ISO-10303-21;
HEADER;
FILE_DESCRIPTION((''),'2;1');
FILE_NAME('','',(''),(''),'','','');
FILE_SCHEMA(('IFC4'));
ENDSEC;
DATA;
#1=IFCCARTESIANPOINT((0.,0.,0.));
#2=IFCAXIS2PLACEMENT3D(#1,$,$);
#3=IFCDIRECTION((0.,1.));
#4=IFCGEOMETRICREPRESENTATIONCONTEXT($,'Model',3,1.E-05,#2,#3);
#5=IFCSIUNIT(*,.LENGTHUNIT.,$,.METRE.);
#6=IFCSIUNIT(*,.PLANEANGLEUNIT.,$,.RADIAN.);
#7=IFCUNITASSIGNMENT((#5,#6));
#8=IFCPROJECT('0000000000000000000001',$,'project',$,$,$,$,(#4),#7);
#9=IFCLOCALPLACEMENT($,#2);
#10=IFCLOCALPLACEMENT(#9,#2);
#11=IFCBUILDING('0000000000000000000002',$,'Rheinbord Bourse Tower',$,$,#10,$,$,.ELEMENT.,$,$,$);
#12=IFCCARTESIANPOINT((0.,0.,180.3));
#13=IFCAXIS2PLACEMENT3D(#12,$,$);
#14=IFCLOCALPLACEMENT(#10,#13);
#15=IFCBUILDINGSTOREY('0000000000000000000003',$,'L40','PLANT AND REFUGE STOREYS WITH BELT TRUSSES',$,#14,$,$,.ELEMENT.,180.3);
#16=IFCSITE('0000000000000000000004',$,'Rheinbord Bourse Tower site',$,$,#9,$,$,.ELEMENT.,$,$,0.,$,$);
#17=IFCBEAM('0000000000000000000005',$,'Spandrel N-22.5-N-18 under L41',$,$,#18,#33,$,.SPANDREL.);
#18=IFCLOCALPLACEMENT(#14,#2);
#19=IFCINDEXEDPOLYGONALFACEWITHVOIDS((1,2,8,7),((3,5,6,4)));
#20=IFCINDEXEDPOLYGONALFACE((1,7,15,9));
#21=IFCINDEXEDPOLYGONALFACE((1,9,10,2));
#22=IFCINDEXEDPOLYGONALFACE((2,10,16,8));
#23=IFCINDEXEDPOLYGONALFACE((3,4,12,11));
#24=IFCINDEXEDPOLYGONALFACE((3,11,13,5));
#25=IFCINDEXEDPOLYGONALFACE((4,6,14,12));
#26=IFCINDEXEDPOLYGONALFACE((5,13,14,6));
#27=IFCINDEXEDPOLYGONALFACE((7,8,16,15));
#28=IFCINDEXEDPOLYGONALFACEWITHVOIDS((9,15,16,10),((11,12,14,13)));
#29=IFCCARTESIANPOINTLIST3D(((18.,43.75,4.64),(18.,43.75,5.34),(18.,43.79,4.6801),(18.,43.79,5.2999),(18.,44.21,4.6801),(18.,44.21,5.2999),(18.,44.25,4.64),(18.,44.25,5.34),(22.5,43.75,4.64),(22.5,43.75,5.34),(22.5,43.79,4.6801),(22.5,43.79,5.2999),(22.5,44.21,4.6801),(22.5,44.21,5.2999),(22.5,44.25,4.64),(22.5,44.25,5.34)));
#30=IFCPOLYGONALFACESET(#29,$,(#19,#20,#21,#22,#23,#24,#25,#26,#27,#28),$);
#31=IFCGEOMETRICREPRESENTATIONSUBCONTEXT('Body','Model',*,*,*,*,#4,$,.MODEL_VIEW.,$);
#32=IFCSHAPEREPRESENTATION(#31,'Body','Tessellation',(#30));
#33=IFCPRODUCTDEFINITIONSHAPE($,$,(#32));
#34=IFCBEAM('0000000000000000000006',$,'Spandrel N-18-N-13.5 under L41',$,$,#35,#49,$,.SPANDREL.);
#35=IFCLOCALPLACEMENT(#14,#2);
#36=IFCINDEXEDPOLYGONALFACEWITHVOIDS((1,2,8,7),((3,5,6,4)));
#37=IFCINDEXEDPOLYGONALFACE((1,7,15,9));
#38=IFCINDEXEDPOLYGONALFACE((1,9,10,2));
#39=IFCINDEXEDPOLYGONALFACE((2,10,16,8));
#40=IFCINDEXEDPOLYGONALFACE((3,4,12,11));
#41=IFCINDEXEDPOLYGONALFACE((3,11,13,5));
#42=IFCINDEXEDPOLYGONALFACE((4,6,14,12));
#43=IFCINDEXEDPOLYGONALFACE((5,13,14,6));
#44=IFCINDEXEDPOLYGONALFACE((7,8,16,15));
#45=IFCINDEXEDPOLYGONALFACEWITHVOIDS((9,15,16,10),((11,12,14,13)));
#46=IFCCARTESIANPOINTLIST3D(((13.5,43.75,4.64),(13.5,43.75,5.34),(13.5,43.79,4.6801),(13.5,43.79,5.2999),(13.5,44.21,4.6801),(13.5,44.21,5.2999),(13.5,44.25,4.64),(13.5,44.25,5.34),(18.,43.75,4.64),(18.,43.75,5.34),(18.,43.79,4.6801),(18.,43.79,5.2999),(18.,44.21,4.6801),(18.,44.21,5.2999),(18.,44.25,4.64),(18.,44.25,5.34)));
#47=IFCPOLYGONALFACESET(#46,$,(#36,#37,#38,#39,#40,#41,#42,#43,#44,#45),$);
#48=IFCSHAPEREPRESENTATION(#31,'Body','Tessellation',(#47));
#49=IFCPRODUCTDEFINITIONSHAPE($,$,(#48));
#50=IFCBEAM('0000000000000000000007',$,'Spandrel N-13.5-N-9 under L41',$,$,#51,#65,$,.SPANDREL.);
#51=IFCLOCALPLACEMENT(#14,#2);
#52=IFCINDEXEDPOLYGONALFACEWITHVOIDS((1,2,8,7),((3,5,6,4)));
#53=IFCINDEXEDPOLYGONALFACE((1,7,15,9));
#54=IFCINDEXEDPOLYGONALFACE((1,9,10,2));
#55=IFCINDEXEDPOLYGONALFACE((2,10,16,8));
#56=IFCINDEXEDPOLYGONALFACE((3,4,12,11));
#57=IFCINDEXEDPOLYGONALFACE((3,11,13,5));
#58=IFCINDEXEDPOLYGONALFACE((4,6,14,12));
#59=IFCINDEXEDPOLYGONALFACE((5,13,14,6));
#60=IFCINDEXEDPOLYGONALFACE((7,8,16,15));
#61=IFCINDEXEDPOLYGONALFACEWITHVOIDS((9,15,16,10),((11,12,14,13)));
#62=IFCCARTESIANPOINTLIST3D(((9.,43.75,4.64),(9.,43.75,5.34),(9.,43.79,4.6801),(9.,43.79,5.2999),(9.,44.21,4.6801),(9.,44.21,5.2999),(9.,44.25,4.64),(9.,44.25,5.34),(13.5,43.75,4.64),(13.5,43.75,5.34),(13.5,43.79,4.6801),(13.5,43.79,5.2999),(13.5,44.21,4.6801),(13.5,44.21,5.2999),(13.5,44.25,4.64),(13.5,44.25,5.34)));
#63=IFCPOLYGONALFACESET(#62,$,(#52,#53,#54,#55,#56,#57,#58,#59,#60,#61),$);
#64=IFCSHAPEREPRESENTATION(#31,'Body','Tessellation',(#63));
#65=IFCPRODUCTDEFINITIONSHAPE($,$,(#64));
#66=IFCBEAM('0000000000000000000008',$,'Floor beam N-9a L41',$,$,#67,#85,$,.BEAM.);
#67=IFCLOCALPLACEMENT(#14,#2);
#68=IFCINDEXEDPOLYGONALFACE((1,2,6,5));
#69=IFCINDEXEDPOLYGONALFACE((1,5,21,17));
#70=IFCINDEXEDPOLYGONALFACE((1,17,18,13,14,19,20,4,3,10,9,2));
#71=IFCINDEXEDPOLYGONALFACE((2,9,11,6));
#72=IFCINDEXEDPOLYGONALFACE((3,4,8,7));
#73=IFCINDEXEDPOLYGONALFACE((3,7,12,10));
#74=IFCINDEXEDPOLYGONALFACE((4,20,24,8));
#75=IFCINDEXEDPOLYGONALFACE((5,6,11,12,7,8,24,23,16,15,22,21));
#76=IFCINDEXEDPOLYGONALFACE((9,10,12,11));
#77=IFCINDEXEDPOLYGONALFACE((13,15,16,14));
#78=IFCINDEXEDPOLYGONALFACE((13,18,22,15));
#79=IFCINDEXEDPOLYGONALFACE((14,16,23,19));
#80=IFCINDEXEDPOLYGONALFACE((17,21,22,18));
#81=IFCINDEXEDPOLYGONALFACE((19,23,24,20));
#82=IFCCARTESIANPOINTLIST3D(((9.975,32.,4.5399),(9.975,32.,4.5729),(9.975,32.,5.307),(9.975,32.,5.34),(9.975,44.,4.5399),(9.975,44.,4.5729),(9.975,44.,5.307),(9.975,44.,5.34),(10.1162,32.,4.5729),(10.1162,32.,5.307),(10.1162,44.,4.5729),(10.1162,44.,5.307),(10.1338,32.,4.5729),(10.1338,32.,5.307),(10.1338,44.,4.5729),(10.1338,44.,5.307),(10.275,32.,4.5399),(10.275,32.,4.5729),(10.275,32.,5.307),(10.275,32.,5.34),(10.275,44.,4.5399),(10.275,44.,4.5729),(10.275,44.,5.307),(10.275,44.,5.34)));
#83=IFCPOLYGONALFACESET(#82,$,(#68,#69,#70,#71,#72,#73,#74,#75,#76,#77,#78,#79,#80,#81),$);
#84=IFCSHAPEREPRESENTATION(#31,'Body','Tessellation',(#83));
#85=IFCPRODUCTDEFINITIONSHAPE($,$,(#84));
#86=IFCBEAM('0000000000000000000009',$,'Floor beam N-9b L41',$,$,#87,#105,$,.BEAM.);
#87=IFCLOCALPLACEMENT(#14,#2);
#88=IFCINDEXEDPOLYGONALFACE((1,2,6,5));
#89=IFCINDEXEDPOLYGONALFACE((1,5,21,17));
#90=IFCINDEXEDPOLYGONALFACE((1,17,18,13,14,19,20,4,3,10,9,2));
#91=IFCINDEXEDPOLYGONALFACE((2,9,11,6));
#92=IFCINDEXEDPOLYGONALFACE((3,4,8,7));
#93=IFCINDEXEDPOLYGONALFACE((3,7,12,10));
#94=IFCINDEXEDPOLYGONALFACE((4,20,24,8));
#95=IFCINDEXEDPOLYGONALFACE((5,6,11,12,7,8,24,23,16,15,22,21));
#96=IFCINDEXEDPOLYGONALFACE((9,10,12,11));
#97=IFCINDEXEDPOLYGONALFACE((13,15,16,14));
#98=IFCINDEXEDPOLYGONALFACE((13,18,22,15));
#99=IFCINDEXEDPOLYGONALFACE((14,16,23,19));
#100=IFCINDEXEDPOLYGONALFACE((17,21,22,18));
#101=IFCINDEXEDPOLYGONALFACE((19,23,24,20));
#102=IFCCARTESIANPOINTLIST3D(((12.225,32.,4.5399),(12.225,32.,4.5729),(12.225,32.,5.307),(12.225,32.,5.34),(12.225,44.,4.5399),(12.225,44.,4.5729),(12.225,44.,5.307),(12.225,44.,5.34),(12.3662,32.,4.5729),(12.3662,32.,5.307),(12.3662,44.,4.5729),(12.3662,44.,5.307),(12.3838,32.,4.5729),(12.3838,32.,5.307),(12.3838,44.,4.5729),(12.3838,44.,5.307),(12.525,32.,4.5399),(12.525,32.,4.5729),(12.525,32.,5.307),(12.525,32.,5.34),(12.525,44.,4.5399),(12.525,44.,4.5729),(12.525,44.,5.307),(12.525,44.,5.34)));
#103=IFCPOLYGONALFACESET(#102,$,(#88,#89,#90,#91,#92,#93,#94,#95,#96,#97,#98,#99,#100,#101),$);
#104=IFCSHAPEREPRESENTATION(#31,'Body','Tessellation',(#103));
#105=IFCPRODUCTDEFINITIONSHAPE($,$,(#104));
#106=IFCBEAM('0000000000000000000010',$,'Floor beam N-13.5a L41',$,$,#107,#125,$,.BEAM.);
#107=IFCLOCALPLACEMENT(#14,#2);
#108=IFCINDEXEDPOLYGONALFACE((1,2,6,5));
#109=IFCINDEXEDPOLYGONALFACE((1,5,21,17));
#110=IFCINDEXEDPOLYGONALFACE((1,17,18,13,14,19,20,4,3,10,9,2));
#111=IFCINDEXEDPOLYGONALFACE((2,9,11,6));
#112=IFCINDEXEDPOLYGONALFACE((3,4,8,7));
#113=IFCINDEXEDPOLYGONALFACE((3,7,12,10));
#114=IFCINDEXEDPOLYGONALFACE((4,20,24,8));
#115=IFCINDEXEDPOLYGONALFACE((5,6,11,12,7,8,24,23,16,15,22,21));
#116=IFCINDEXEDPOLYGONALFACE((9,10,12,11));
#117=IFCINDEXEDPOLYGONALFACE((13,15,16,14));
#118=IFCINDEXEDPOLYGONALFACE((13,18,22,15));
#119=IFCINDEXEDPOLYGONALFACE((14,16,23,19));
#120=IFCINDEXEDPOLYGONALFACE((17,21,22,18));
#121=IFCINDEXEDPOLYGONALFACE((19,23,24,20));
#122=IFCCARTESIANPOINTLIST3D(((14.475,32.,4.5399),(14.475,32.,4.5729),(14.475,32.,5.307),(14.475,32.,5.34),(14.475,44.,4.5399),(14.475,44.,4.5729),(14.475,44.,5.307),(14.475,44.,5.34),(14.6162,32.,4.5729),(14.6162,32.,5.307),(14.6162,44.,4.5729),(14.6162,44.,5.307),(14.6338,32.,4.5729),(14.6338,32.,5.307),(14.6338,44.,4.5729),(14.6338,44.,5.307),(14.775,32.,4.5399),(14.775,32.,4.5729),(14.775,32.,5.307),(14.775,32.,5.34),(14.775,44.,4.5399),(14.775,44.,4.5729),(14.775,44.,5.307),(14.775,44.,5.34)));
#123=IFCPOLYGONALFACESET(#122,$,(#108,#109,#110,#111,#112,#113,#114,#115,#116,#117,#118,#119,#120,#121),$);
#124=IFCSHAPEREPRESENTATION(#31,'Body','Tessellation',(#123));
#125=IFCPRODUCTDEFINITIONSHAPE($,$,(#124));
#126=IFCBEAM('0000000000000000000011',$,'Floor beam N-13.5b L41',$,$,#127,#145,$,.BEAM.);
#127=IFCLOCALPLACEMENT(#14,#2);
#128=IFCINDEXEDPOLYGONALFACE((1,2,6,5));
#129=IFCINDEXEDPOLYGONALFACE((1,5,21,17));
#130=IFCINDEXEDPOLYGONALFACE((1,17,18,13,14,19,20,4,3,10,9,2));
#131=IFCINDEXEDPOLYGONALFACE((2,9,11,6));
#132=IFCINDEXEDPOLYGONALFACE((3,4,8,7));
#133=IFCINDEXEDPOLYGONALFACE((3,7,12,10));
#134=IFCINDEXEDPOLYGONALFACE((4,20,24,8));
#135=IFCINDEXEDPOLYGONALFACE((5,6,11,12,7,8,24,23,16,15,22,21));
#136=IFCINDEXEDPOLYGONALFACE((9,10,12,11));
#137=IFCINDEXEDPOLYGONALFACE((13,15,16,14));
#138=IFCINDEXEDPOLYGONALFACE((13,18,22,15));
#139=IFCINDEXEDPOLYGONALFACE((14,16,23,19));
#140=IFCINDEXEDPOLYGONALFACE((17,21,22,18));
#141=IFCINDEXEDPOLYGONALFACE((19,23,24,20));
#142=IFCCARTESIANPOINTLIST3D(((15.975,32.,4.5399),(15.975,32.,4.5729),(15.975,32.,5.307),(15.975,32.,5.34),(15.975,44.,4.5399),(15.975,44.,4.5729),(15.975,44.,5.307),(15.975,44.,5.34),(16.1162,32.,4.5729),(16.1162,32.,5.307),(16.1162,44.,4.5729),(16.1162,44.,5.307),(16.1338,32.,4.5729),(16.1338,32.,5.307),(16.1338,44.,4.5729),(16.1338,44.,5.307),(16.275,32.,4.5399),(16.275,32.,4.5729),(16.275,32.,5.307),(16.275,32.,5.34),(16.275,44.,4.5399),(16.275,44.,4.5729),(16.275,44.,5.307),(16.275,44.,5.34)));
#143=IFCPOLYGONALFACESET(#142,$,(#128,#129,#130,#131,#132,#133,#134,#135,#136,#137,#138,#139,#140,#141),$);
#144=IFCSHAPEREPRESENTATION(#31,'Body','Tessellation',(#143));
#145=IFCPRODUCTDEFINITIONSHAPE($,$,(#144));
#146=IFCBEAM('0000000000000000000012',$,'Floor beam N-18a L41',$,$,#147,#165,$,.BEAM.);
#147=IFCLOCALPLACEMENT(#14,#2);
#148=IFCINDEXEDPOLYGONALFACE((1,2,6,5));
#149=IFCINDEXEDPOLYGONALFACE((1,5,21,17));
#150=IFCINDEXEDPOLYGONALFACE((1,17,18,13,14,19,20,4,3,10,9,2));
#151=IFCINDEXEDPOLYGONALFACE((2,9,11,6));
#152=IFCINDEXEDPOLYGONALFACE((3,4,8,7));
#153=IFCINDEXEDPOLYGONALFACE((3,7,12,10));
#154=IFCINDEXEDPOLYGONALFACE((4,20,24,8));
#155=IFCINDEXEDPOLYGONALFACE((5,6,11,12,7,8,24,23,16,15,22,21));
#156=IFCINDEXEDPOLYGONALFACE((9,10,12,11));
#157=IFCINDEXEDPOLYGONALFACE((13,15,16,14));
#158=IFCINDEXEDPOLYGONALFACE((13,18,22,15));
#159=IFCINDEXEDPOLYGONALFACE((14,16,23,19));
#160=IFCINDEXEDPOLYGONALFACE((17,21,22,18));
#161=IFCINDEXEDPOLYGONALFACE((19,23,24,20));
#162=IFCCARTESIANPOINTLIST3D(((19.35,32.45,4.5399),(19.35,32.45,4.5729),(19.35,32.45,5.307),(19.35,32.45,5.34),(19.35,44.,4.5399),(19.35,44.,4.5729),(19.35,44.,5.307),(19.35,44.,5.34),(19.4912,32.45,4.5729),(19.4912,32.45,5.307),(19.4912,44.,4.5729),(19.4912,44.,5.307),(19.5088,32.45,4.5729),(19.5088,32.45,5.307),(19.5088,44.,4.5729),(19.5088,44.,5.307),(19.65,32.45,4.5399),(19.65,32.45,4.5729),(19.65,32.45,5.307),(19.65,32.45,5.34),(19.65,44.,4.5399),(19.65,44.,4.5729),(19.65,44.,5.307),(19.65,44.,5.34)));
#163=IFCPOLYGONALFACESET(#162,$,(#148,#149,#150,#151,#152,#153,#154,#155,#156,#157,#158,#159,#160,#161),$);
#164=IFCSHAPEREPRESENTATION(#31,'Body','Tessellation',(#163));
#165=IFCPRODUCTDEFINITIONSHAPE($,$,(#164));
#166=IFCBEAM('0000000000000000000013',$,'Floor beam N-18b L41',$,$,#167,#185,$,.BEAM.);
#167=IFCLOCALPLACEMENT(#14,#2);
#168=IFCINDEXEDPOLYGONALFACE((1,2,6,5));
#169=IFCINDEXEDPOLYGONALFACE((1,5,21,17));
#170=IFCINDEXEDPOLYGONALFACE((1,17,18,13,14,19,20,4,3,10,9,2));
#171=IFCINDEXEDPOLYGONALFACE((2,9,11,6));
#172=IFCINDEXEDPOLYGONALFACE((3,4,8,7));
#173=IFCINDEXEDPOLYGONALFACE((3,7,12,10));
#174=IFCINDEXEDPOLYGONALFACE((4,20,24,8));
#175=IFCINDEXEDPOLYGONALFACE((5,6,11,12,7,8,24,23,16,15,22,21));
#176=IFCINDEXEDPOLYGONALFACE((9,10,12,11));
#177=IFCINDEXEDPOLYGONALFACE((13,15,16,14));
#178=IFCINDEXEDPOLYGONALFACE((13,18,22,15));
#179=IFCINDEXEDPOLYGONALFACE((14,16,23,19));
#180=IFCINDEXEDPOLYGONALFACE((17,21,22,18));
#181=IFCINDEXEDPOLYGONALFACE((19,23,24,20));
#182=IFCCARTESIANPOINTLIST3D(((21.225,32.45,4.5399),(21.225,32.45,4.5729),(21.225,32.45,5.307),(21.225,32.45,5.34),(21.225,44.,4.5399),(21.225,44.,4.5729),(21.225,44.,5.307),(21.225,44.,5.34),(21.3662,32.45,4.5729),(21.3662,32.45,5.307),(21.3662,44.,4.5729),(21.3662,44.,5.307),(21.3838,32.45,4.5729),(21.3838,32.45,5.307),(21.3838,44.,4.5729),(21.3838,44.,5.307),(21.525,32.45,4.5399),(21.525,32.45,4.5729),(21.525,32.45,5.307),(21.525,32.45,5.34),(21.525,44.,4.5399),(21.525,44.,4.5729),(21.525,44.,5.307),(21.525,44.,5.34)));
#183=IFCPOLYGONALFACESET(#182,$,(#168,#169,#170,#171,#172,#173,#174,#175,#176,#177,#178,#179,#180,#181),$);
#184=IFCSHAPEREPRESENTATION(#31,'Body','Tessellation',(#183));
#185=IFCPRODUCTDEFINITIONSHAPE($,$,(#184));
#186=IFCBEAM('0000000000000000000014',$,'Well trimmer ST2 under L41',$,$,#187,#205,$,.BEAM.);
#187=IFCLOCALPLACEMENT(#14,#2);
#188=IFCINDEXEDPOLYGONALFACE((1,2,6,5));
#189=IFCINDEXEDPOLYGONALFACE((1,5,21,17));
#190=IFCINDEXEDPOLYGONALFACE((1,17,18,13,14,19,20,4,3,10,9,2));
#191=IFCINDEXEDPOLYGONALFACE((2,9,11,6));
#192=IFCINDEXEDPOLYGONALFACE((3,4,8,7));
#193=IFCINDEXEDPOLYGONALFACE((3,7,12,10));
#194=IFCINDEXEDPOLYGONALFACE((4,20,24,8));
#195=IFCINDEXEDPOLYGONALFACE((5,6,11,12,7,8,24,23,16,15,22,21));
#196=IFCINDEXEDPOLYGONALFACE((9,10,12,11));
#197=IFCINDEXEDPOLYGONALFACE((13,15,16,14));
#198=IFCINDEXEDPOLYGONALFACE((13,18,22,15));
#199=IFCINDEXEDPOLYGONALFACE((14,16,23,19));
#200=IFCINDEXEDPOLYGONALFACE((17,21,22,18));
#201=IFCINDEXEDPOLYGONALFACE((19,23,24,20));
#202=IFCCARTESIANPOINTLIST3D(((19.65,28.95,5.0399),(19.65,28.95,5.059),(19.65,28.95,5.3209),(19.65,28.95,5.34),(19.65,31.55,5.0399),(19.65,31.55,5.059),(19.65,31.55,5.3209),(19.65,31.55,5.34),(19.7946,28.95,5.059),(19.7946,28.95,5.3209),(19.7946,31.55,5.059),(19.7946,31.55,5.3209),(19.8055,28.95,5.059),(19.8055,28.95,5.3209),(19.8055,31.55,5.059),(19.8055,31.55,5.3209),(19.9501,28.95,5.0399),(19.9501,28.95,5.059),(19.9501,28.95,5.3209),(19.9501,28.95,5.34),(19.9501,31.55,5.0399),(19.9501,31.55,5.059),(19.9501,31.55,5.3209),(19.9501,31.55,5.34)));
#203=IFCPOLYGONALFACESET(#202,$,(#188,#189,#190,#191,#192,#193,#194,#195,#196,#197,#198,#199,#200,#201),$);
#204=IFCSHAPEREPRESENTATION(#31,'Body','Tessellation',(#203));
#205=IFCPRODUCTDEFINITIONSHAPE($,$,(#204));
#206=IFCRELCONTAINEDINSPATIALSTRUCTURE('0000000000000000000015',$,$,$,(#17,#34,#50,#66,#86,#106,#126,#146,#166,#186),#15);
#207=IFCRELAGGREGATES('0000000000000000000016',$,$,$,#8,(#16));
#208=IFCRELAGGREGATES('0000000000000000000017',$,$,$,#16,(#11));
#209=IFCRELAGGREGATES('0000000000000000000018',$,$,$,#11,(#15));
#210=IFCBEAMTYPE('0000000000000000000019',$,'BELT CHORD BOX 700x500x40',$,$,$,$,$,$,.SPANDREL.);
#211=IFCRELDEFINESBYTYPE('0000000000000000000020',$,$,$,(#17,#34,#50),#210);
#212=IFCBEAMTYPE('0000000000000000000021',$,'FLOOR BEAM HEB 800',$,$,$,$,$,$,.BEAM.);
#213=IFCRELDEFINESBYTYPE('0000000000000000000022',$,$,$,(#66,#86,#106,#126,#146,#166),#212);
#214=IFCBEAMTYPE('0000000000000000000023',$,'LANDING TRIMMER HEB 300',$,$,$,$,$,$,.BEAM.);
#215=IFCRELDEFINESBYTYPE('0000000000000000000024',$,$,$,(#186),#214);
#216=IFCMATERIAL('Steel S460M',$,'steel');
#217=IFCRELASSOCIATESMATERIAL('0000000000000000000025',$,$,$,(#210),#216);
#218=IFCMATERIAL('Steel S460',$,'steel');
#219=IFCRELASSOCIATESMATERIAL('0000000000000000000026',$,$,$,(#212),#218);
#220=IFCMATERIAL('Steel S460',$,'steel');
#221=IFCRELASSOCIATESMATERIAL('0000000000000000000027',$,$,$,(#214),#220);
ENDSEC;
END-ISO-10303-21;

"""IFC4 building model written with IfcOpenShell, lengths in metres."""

from ifc_helpers import new_model, si_unit, direction, frame, origin, origin_2d, place, context, subcontext, project, spatial, hollow_rectangle, i_section, extrude, material, material_profile, profile_set, type_object, element, save


model = new_model("IFC4")

# Units and contexts
model_context = context("Model", 3, precision=1e-05, world=origin(), true_north=direction((0.0, 1.0)))
body_context = subcontext(model_context, "Body", "Model", "MODEL_VIEW")
ifc_project = project(units=[si_unit("LENGTHUNIT", "METRE"), si_unit("PLANEANGLEUNIT", "RADIAN")], contexts=[model_context])

# Site, building, storey
site_placement = place(None, origin())
site = spatial("IfcSite", under=ifc_project, at=site_placement, Name="Rheinbord Bourse Tower site", CompositionType="ELEMENT", RefElevation=0.0)
building_placement = place(site_placement, origin())
building = spatial("IfcBuilding", under=site, at=building_placement, Name="Rheinbord Bourse Tower", CompositionType="ELEMENT")
storey_placement = place(building_placement, frame((0.0, 0.0, 180.3)))
storey = spatial("IfcBuildingStorey", under=building, at=storey_placement, Name="L40", Description="PLANT AND REFUGE STOREYS WITH BELT TRUSSES", CompositionType="ELEMENT", Elevation=180.3)

# Beams
ifc_material_1 = material(Name="Steel S460M", Category="steel")
ifc_material_profile_1 = material_profile(ifc_material_1, hollow_rectangle(XDim=0.5, YDim=0.7, WallThickness=0.04, at=origin_2d()), Name="BOX 700x500x40")
ifc_profile_set_1 = profile_set([ifc_material_profile_1], Name="Steel S460M")
beam_type_1 = type_object("IfcBeamType", Name="BELT CHORD BOX 700x500x40", PredefinedType="SPANDREL", material=ifc_profile_set_1)
for number, where, z_axis, x_axis, name in (
    (1, (22.5, 44.0, 4.99), (-1.0, 0.0, 0.0), (0.0, -1.0, 0.0), "Spandrel N-22.5-N-18 under L41"),
    (2, (18.0, 44.0, 4.99), (-1.0, 0.0, 0.0), (0.0, -1.0, 0.0), "Spandrel N-18-N-13.5 under L41"),
    (3, (13.5, 44.0, 4.99), (-1.0, 0.0, 0.0), (0.0, -1.0, 0.0), "Spandrel N-13.5-N-9 under L41"),
):
    element("IfcBeam", number, at=place(storey_placement, frame(where, z_axis=z_axis, x_axis=x_axis)), inside=storey, type_object=beam_type_1, Name=name, PredefinedType="SPANDREL", context=body_context, shape_type="SweptSolid", body=[
        extrude(hollow_rectangle(XDim=0.5, YDim=0.7, WallThickness=0.04, at=origin_2d()), origin(), (0.0, 0.0, 1.0), 4.5),
    ])
ifc_material_2 = material(Name="Steel S460", Category="steel")
ifc_material_profile_2 = material_profile(ifc_material_2, i_section(OverallWidth=0.3, OverallDepth=0.8, WebThickness=0.0176, FlangeThickness=0.033, at=origin_2d()), Name="HEB 800")
ifc_profile_set_2 = profile_set([ifc_material_profile_2], Name="Steel S460")
beam_type_2 = type_object("IfcBeamType", Name="FLOOR BEAM HEB 800", PredefinedType="BEAM", material=ifc_profile_set_2)
for number, where, z_axis, x_axis, name in (
    (4, (10.125, 44.0, 4.9399), (0.0, -1.0, 0.0), (1.0, 0.0, 0.0), "Floor beam N-9a L41"),
    (5, (12.375, 44.0, 4.9399), (0.0, -1.0, 0.0), (1.0, 0.0, 0.0), "Floor beam N-9b L41"),
    (6, (14.625, 44.0, 4.9399), (0.0, -1.0, 0.0), (1.0, 0.0, 0.0), "Floor beam N-13.5a L41"),
    (7, (16.125, 44.0, 4.9399), (0.0, -1.0, 0.0), (1.0, 0.0, 0.0), "Floor beam N-13.5b L41"),
):
    element("IfcBeam", number, at=place(storey_placement, frame(where, z_axis=z_axis, x_axis=x_axis)), inside=storey, type_object=beam_type_2, Name=name, PredefinedType="BEAM", context=body_context, shape_type="SweptSolid", body=[
        extrude(i_section(OverallWidth=0.3, OverallDepth=0.8, WebThickness=0.0176, FlangeThickness=0.033, at=origin_2d()), origin(), (0.0, 0.0, 1.0), 12.0),
    ])
for number, where, z_axis, x_axis, name in (
    (8, (19.5, 44.0, 4.9399), (0.0, -1.0, 0.0), (1.0, 0.0, 0.0), "Floor beam N-18a L41"),
    (9, (21.375, 44.0, 4.9399), (0.0, -1.0, 0.0), (1.0, 0.0, 0.0), "Floor beam N-18b L41"),
):
    element("IfcBeam", number, at=place(storey_placement, frame(where, z_axis=z_axis, x_axis=x_axis)), inside=storey, type_object=beam_type_2, Name=name, PredefinedType="BEAM", context=body_context, shape_type="SweptSolid", body=[
        extrude(i_section(OverallWidth=0.3, OverallDepth=0.8, WebThickness=0.0176, FlangeThickness=0.033, at=origin_2d()), origin(), (0.0, 0.0, 1.0), 11.55),
    ])
ifc_material_3 = material(Name="Steel S460", Category="steel")
ifc_material_profile_3 = material_profile(ifc_material_3, i_section(OverallWidth=0.3, OverallDepth=0.3, WebThickness=0.011, FlangeThickness=0.019, at=origin_2d()), Name="HEB 300")
ifc_profile_set_3 = profile_set([ifc_material_profile_3], Name="Steel S460")
beam_type_3 = type_object("IfcBeamType", Name="LANDING TRIMMER HEB 300", PredefinedType="BEAM", material=ifc_profile_set_3)
beam_placement = place(storey_placement, frame((19.8, 28.95, 5.1899), z_axis=(0.0, 1.0, 0.0), x_axis=(-1.0, 0.0, 0.0)))
element("IfcBeam", 10, at=beam_placement, inside=storey, type_object=beam_type_3, Name="Well trimmer ST2 under L41", PredefinedType="BEAM", context=body_context, shape_type="SweptSolid", body=[
    extrude(i_section(OverallWidth=0.3, OverallDepth=0.3, WebThickness=0.011, FlangeThickness=0.019, at=origin_2d()), origin(), (0.0, 0.0, 1.0), 2.6001),
])

save(model, "model.ifc")
